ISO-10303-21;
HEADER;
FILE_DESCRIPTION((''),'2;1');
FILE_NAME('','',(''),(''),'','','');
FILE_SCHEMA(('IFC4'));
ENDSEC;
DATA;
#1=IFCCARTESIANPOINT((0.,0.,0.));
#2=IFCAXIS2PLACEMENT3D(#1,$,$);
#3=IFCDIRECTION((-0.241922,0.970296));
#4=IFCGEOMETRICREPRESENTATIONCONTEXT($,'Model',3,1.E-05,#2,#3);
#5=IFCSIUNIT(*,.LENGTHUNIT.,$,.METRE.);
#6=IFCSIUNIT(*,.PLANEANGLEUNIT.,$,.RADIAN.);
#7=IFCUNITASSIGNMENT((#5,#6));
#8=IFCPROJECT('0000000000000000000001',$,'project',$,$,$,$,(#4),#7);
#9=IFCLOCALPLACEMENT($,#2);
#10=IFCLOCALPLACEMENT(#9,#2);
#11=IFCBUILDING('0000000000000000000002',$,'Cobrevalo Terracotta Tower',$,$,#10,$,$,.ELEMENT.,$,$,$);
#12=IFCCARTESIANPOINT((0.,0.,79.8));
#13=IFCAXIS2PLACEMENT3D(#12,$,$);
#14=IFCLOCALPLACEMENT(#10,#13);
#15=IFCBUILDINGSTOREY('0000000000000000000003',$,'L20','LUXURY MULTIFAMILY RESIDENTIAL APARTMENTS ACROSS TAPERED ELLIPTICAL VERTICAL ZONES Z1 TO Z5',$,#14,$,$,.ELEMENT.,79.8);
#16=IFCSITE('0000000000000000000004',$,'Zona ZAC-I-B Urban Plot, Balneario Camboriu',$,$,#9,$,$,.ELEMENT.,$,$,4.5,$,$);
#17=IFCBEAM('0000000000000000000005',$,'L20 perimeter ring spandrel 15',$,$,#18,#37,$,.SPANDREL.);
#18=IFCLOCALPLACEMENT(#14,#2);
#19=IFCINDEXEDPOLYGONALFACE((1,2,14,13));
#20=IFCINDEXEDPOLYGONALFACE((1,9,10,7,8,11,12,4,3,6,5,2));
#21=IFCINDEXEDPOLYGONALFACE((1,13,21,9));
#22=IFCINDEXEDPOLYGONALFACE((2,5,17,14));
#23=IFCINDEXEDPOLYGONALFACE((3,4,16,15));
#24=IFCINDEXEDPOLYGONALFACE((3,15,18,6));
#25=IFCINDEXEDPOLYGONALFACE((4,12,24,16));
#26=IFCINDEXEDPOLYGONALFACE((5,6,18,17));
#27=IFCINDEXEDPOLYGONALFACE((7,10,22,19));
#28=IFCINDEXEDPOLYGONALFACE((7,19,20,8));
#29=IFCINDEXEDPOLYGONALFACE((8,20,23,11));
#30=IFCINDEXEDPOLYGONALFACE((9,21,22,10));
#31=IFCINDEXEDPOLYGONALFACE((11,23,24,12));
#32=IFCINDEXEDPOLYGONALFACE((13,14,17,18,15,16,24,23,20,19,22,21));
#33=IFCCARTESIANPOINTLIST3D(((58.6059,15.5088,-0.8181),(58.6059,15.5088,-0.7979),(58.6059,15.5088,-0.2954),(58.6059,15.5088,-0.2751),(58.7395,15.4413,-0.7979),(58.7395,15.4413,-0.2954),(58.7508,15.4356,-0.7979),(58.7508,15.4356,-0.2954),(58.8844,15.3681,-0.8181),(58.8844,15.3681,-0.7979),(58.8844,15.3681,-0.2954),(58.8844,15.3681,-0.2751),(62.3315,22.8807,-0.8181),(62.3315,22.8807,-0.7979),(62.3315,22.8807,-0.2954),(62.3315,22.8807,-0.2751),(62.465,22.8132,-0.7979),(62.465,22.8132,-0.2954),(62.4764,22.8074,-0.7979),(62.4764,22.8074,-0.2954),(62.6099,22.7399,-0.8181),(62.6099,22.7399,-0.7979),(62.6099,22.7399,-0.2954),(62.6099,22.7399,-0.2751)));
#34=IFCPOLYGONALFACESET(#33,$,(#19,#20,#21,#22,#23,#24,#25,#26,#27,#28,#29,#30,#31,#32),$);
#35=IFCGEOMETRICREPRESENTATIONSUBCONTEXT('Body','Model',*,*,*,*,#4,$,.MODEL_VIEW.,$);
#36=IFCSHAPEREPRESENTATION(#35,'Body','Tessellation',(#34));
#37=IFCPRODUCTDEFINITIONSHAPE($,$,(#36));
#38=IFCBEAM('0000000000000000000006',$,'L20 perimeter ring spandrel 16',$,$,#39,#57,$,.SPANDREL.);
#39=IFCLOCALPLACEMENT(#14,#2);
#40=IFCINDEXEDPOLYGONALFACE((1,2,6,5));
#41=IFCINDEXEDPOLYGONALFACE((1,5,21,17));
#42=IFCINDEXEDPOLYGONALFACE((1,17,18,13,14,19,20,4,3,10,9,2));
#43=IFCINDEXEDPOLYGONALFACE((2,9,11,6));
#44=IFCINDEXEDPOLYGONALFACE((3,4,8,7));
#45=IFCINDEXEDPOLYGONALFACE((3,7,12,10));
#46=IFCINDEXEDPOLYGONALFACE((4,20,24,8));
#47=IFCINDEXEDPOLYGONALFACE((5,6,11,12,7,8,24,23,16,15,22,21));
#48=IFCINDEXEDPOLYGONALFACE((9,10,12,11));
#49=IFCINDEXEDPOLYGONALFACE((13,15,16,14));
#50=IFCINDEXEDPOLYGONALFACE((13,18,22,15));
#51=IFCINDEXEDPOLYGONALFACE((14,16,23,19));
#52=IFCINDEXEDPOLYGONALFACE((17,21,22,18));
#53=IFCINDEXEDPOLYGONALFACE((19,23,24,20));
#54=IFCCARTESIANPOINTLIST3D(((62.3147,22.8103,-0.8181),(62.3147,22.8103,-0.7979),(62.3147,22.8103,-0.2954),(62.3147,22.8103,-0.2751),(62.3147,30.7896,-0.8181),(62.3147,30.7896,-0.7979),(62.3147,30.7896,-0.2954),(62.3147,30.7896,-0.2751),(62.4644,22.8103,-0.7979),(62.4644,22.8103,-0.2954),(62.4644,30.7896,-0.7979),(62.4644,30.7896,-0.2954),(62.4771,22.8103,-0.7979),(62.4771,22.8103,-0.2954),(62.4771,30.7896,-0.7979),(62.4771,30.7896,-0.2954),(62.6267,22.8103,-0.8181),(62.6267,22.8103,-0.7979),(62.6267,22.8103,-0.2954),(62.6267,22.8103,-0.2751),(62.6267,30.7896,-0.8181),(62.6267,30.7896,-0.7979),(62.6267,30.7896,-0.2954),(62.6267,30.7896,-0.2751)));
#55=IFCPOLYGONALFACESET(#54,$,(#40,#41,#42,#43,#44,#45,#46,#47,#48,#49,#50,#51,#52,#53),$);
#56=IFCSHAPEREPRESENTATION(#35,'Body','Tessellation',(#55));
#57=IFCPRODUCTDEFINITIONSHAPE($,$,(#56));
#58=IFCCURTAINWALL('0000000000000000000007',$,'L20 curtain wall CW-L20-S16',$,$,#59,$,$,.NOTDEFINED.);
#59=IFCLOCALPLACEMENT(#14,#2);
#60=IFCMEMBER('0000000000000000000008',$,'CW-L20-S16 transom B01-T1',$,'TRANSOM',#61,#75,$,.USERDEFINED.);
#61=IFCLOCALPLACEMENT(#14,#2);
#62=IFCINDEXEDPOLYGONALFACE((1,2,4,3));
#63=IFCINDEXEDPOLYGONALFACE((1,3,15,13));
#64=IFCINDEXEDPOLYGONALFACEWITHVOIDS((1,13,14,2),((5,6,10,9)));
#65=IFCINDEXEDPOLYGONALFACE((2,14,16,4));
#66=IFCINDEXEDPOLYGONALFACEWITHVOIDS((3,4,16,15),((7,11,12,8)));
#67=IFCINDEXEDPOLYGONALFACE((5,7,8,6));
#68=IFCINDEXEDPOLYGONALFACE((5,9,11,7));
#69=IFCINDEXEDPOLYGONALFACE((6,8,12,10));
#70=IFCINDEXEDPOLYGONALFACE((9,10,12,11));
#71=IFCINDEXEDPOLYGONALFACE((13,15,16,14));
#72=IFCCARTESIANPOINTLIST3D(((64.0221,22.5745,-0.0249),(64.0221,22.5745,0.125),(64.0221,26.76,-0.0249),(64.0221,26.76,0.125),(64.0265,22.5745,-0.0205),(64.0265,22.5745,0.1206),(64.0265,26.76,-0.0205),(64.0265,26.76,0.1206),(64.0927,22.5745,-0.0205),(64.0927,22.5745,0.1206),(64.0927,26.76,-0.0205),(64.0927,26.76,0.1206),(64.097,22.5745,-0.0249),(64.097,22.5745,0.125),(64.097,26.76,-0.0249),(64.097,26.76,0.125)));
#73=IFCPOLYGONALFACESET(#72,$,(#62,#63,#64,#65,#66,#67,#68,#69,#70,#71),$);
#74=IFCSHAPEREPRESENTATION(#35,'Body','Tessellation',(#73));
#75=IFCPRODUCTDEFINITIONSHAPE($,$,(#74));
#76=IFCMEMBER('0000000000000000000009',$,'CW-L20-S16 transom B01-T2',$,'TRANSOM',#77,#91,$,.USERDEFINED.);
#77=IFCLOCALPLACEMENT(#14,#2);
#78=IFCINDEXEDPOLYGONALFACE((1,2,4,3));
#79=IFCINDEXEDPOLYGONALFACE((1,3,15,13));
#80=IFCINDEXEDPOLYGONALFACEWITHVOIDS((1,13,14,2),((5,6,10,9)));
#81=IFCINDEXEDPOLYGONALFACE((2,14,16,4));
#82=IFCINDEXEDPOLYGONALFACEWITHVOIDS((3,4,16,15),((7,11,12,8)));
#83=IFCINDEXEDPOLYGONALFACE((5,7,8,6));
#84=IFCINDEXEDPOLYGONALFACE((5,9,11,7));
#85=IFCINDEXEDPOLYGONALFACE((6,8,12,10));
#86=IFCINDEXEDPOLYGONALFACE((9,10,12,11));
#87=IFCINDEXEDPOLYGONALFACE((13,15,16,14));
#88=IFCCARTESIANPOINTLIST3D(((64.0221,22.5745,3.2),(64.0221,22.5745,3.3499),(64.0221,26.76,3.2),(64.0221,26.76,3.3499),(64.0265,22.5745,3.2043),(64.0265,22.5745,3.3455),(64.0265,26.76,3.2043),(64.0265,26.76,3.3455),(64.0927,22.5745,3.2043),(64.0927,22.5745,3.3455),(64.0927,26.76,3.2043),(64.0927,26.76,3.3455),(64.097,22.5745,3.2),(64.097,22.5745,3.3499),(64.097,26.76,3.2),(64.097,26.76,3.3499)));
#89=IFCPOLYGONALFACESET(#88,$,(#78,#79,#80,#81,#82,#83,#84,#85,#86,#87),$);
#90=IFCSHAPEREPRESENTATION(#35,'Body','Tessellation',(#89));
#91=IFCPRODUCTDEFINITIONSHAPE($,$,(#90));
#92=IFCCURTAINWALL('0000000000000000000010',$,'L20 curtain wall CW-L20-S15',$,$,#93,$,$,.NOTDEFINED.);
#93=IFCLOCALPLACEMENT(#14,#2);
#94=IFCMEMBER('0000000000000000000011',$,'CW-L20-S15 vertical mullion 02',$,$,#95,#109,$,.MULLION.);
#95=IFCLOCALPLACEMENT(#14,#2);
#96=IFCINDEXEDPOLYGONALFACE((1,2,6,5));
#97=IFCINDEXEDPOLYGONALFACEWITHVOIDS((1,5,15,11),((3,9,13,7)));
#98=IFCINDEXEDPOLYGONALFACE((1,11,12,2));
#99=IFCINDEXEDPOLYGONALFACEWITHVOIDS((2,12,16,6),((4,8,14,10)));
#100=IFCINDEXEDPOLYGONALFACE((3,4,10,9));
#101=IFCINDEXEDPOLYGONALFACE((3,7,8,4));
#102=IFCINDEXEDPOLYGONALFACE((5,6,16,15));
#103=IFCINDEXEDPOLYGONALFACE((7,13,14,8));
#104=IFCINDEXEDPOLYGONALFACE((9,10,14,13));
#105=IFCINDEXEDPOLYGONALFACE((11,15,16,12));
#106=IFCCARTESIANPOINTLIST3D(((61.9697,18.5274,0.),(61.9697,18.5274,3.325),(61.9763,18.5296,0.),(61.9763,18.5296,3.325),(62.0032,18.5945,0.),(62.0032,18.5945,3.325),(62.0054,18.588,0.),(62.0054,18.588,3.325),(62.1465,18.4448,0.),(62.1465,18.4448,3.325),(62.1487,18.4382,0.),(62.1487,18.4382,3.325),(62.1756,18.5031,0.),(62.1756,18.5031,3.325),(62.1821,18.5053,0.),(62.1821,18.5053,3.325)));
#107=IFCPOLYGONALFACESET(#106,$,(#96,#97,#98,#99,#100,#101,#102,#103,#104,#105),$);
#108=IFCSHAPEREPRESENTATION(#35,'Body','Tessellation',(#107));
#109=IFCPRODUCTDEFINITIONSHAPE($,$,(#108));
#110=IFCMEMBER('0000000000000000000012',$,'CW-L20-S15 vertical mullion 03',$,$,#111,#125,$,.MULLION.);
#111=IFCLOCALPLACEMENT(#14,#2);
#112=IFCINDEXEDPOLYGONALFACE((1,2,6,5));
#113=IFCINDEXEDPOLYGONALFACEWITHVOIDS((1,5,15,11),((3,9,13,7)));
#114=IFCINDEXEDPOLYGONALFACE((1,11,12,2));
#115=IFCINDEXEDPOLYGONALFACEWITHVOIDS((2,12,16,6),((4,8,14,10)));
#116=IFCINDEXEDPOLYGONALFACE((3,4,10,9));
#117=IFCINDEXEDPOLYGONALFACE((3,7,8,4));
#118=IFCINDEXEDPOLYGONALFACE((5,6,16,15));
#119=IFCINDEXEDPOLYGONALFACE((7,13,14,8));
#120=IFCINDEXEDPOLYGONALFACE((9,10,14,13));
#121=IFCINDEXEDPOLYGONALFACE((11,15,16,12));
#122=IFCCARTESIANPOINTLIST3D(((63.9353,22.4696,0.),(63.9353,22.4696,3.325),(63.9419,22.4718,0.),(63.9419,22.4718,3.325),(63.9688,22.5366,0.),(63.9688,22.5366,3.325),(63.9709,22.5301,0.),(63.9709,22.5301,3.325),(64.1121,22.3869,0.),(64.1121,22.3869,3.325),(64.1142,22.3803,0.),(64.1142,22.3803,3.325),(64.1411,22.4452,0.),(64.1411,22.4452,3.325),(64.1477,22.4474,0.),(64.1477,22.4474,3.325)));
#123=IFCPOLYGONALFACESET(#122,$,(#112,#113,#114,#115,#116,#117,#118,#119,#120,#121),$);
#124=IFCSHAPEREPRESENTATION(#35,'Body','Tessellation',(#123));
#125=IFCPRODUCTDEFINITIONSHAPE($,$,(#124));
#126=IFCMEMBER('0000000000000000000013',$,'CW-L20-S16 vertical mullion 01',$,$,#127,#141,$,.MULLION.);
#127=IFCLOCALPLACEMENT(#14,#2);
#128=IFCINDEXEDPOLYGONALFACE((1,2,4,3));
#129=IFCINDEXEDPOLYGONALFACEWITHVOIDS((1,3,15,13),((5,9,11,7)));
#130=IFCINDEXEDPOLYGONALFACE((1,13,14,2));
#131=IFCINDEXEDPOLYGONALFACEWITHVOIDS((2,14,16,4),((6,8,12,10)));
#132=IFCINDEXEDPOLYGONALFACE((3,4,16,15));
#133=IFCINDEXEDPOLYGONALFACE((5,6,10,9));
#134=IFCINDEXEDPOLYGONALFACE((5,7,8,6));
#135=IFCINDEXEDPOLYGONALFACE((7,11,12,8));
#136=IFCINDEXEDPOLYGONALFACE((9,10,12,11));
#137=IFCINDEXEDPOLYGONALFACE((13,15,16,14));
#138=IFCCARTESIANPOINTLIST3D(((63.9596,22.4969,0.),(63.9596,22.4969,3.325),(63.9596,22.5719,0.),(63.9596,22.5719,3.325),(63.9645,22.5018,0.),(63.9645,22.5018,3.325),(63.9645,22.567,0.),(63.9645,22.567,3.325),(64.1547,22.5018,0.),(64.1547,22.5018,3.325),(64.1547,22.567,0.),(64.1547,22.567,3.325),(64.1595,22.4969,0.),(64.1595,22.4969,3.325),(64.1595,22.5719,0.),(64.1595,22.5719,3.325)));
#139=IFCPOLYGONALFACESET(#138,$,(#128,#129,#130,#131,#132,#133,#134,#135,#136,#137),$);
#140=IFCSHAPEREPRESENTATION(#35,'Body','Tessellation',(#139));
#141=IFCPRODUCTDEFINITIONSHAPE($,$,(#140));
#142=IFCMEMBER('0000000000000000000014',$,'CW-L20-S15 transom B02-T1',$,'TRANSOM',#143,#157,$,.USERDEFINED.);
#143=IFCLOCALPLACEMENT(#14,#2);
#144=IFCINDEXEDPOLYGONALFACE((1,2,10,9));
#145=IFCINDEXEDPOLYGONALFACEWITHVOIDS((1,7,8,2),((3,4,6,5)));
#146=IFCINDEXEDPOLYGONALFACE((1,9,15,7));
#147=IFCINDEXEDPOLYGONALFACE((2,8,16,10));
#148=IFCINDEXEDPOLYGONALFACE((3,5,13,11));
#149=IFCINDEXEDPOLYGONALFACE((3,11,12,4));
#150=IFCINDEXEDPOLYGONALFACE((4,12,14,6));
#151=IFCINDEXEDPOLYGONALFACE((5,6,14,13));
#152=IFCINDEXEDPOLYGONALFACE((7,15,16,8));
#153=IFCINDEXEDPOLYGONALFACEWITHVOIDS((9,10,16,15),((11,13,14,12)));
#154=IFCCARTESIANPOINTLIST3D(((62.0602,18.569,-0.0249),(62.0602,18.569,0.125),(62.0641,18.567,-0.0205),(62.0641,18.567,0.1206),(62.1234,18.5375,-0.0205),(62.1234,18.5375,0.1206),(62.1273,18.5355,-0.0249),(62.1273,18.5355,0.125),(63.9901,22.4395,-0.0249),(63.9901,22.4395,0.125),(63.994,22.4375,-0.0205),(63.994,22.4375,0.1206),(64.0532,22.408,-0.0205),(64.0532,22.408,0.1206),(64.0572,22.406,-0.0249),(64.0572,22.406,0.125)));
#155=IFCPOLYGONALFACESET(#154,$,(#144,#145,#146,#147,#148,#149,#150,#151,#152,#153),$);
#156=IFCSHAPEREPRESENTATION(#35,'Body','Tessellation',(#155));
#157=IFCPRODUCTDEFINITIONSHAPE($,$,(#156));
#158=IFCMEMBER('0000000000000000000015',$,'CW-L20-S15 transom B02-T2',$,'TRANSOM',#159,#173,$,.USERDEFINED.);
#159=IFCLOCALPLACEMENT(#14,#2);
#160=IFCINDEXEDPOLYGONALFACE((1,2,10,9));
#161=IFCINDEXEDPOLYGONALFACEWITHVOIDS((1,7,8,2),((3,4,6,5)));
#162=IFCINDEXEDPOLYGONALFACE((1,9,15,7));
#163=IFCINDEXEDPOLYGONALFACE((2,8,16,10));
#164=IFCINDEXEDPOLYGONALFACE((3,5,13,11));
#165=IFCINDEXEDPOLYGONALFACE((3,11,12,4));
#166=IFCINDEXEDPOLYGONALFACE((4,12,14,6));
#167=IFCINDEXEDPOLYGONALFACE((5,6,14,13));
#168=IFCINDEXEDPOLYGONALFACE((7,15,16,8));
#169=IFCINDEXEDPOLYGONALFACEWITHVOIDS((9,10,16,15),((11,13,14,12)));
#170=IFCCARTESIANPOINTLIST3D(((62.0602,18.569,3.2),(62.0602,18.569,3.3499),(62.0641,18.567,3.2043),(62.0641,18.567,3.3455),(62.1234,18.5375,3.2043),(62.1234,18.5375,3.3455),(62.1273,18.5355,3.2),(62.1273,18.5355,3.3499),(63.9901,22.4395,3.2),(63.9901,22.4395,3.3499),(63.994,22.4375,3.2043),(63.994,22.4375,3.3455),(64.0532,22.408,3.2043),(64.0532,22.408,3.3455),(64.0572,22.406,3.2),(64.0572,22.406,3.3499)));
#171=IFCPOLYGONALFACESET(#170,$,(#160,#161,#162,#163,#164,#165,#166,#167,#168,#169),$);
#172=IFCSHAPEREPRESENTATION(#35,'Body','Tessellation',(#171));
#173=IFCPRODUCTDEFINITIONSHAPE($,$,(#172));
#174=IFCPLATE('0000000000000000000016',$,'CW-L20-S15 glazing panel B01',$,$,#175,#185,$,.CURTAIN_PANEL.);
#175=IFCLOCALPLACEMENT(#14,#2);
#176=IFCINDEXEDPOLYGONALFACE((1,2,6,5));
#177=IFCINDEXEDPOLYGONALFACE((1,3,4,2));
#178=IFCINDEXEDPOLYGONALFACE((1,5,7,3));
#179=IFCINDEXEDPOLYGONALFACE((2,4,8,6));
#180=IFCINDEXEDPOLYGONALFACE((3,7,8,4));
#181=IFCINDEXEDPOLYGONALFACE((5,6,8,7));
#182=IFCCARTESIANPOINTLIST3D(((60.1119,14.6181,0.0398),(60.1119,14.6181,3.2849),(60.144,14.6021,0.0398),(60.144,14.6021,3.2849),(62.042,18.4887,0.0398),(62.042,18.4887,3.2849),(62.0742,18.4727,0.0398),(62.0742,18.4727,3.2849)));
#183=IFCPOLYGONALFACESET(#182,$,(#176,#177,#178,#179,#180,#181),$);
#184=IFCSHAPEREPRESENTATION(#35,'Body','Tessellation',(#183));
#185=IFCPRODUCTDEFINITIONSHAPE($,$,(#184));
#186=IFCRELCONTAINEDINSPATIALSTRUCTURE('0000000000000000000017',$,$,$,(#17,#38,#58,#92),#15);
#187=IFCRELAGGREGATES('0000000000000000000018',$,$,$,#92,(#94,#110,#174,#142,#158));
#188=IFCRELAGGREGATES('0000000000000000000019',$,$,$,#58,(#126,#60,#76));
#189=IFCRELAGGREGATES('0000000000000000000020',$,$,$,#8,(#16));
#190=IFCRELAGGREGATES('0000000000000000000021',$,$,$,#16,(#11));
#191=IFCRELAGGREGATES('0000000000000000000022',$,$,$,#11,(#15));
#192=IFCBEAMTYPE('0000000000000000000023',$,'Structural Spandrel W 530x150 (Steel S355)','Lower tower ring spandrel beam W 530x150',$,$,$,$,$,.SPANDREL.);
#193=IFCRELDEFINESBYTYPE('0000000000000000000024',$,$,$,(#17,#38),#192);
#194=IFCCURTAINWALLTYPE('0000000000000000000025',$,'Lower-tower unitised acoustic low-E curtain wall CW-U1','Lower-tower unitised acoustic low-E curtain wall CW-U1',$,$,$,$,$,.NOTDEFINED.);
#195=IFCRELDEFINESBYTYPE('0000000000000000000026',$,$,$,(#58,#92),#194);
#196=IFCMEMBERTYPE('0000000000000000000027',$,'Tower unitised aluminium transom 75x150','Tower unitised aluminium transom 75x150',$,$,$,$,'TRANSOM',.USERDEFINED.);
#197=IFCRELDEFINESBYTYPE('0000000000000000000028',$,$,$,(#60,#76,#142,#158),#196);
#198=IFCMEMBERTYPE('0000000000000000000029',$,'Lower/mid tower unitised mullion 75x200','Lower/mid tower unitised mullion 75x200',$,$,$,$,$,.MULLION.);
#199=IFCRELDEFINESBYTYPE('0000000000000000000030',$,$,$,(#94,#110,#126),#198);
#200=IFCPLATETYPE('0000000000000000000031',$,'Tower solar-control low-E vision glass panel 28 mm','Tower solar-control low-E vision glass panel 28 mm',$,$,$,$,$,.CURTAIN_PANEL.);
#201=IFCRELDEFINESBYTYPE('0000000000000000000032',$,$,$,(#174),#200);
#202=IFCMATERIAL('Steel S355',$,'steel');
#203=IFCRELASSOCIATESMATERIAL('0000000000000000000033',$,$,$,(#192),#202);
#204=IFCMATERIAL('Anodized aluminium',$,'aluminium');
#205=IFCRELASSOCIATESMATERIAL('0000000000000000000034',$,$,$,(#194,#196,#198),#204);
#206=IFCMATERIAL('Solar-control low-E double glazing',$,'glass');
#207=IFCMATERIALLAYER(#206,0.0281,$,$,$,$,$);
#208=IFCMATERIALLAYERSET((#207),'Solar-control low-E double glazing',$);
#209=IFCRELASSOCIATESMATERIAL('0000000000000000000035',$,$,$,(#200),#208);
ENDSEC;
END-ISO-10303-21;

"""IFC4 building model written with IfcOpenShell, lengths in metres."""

from ifc_helpers import new_model, si_unit, direction, frame, origin, origin_2d, place, context, subcontext, project, spatial, rectangle, hollow_rectangle, i_section, extrude, source, transform, mapped, material, layer, layer_set, material_profile, profile_set, type_object, element, aggregate, save


model = new_model("IFC4")

# Units and contexts
model_context = context("Model", 3, precision=1e-05, world=origin(), true_north=direction((-0.241922, 0.970296)))
body_context = subcontext(model_context, "Body", "Model", "MODEL_VIEW")
ifc_project = project(units=[si_unit("LENGTHUNIT", "METRE"), si_unit("PLANEANGLEUNIT", "RADIAN")], contexts=[model_context])

# Site, building, storey
site_placement = place(None, origin())
site = spatial("IfcSite", under=ifc_project, at=site_placement, Name="Zona ZAC-I-B Urban Plot, Balneario Camboriu", CompositionType="ELEMENT", RefElevation=4.5)
building_placement = place(site_placement, origin())
building = spatial("IfcBuilding", under=site, at=building_placement, Name="Cobrevalo Terracotta Tower", CompositionType="ELEMENT")
storey_placement = place(building_placement, frame((0.0, 0.0, 79.8)))
storey = spatial("IfcBuildingStorey", under=building, at=storey_placement, Name="L20", Description="LUXURY MULTIFAMILY RESIDENTIAL APARTMENTS ACROSS TAPERED ELLIPTICAL VERTICAL ZONES Z1 TO Z5", CompositionType="ELEMENT", Elevation=79.8)

# Shared definitions
ifc_material_1 = material(Name="Steel S355", Category="steel")

# Beams
ifc_material_profile_1 = material_profile(ifc_material_1, i_section(OverallWidth=0.312, OverallDepth=0.543, WebThickness=0.0127, FlangeThickness=0.0203, at=origin_2d()), Name="W 530x150")
ifc_profile_set_1 = profile_set([ifc_material_profile_1], Name="Steel S355")
beam_type_1 = type_object("IfcBeamType", Name="Structural Spandrel W 530x150 (Steel S355)", Description="Lower tower ring spandrel beam W 530x150", PredefinedType="SPANDREL", material=ifc_profile_set_1)
beam_1_placement = place(storey_placement, frame((58.7451, 15.4385, -0.5466), z_axis=(0.451052, 0.892498, 0.0), x_axis=(-0.892498, 0.451052, 0.0)))
element("IfcBeam", 1, at=beam_1_placement, inside=storey, type_object=beam_type_1, Name="L20 perimeter ring spandrel 15", PredefinedType="SPANDREL", context=body_context, shape_type="SweptSolid", body=[
    extrude(i_section(OverallWidth=0.312, OverallDepth=0.543, WebThickness=0.0127, FlangeThickness=0.0203, at=origin_2d()), origin(), (0.0, 0.0, 1.0), 8.2598),
])
beam_2_placement = place(storey_placement, frame((62.4707, 22.8103, -0.5466), z_axis=(0.0, 1.0, 0.0), x_axis=(-1.0, 0.0, 0.0)))
element("IfcBeam", 2, at=beam_2_placement, inside=storey, type_object=beam_type_1, Name="L20 perimeter ring spandrel 16", PredefinedType="SPANDREL", context=body_context, shape_type="SweptSolid", body=[
    extrude(i_section(OverallWidth=0.312, OverallDepth=0.543, WebThickness=0.0127, FlangeThickness=0.0203, at=origin_2d()), origin(), (0.0, 0.0, 1.0), 7.9792),
])

# Curtain walls, members
ifc_material_2 = material(Name="Anodized aluminium", Category="aluminium")
curtain_wall_type = type_object("IfcCurtainWallType", Name="Lower-tower unitised acoustic low-E curtain wall CW-U1", Description="Lower-tower unitised acoustic low-E curtain wall CW-U1", PredefinedType="NOTDEFINED", material=ifc_material_2)
curtain_wall_1_placement = place(storey_placement, origin())
curtain_wall_1 = element("IfcCurtainWall", 3, at=curtain_wall_1_placement, inside=storey, type_object=curtain_wall_type, Name="L20 curtain wall CW-L20-S16", PredefinedType="NOTDEFINED")
ifc_material_profile_2 = material_profile(ifc_material_2, hollow_rectangle(XDim=0.075, YDim=0.1499, WallThickness=0.0044, at=origin_2d()), Name="CWT 75x150")
ifc_profile_set_2 = profile_set([ifc_material_profile_2], Name="Anodized aluminium")
member_type_1 = type_object("IfcMemberType", Name="Tower unitised aluminium transom 75x150", Description="Tower unitised aluminium transom 75x150", ElementType="TRANSOM", PredefinedType="USERDEFINED", material=ifc_profile_set_2)
shared_shape_1 = source(origin(), body_context, "Body", "SweptSolid", [
    extrude(hollow_rectangle(XDim=0.075, YDim=0.1499, WallThickness=0.0044, at=origin_2d()), origin(), (0.0, 0.0, 1.0), 4.1855),
])
member_1_placement = place(storey_placement, frame((64.0596, 22.5745, 0.05), z_axis=(0.0, 1.0, 0.0), x_axis=(-1.0, 0.0, 0.0)))
member_1 = element("IfcMember", 4, at=member_1_placement, type_object=member_type_1, Name="CW-L20-S16 transom B01-T1", ObjectType="TRANSOM", PredefinedType="USERDEFINED", context=body_context, shape_type="MappedRepresentation", body=[
    mapped(shared_shape_1, transform((0.0, 0.0, 0.0), scale=1.0)),
])
member_2_placement = place(storey_placement, frame((64.0596, 22.5745, 3.2749), z_axis=(0.0, 1.0, 0.0), x_axis=(-1.0, 0.0, 0.0)))
member_2 = element("IfcMember", 5, at=member_2_placement, type_object=member_type_1, Name="CW-L20-S16 transom B01-T2", ObjectType="TRANSOM", PredefinedType="USERDEFINED", context=body_context, shape_type="MappedRepresentation", body=[
    mapped(shared_shape_1, transform((0.0, 0.0, 0.0), scale=1.0)),
])
curtain_wall_2_placement = place(storey_placement, origin())
curtain_wall_2 = element("IfcCurtainWall", 6, at=curtain_wall_2_placement, inside=storey, type_object=curtain_wall_type, Name="L20 curtain wall CW-L20-S15", PredefinedType="NOTDEFINED")
ifc_material_profile_3 = material_profile(ifc_material_2, hollow_rectangle(XDim=0.075, YDim=0.2, WallThickness=0.0049, at=origin_2d()), Name="CWM 75x200")
ifc_profile_set_3 = profile_set([ifc_material_profile_3], Name="Anodized aluminium")
member_type_2 = type_object("IfcMemberType", Name="Lower/mid tower unitised mullion 75x200", Description="Lower/mid tower unitised mullion 75x200", PredefinedType="MULLION", material=ifc_profile_set_3)
shared_shape_2 = source(origin(), body_context, "Body", "SweptSolid", [
    extrude(hollow_rectangle(XDim=0.075, YDim=0.2, WallThickness=0.0049, at=origin_2d()), origin(), (0.0, 0.0, 1.0), 3.325),
])
member_3_placement = place(storey_placement, frame((62.0759, 18.5164, 0.0), z_axis=(0.0, 0.0, 1.0), x_axis=(0.44626, 0.894903, 0.0)))
member_3 = element("IfcMember", 7, at=member_3_placement, type_object=member_type_2, Name="CW-L20-S15 vertical mullion 02", PredefinedType="MULLION", context=body_context, shape_type="MappedRepresentation", body=[
    mapped(shared_shape_2, transform((0.0, 0.0, 0.0), scale=1.0)),
])
member_4_placement = place(storey_placement, frame((64.0415, 22.4585, 0.0), z_axis=(0.0, 0.0, 1.0), x_axis=(0.44626, 0.894903, 0.0)))
member_4 = element("IfcMember", 8, at=member_4_placement, type_object=member_type_2, Name="CW-L20-S15 vertical mullion 03", PredefinedType="MULLION", context=body_context, shape_type="MappedRepresentation", body=[
    mapped(shared_shape_2, transform((0.0, 0.0, 0.0), scale=1.0)),
])

# Members
member_5_placement = place(storey_placement, frame((64.0596, 22.5344, 0.0), z_axis=(0.0, 0.0, 1.0), x_axis=(0.0, 1.0, 0.0)))
member_5 = element("IfcMember", 9, at=member_5_placement, type_object=member_type_2, Name="CW-L20-S16 vertical mullion 01", PredefinedType="MULLION", context=body_context, shape_type="MappedRepresentation", body=[
    mapped(shared_shape_2, transform((0.0, 0.0, 0.0), scale=1.0)),
])
shared_shape_3 = source(origin(), body_context, "Body", "SweptSolid", [
    extrude(hollow_rectangle(XDim=0.075, YDim=0.1499, WallThickness=0.0044, at=origin_2d()), origin(), (0.0, 0.0, 1.0), 4.325),
])
member_6_placement = place(storey_placement, frame((62.0938, 18.5522, 0.05), z_axis=(0.44622, 0.894923, 0.0), x_axis=(-0.894923, 0.44622, 0.0)))
member_6 = element("IfcMember", 10, at=member_6_placement, type_object=member_type_1, Name="CW-L20-S15 transom B02-T1", ObjectType="TRANSOM", PredefinedType="USERDEFINED", context=body_context, shape_type="MappedRepresentation", body=[
    mapped(shared_shape_3, transform((0.0, 0.0, 0.0), scale=1.0)),
])
member_7_placement = place(storey_placement, frame((62.0938, 18.5522, 3.2749), z_axis=(0.44622, 0.894923, 0.0), x_axis=(-0.894923, 0.44622, 0.0)))
member_7 = element("IfcMember", 11, at=member_7_placement, type_object=member_type_1, Name="CW-L20-S15 transom B02-T2", ObjectType="TRANSOM", PredefinedType="USERDEFINED", context=body_context, shape_type="MappedRepresentation", body=[
    mapped(shared_shape_3, transform((0.0, 0.0, 0.0), scale=1.0)),
])

# Plate
ifc_material_3 = material(Name="Solar-control low-E double glazing", Category="glass")
ifc_layer_1 = layer(ifc_material_3, 0.0281)
ifc_layer_set_1 = layer_set([ifc_layer_1], Name="Solar-control low-E double glazing")
plate_type = type_object("IfcPlateType", Name="Tower solar-control low-E vision glass panel 28 mm", Description="Tower solar-control low-E vision glass panel 28 mm", PredefinedType="CURTAIN_PANEL", material=ifc_layer_set_1)
shared_shape_4 = source(origin(), body_context, "Body", "SweptSolid", [
    extrude(rectangle(XDim=4.3252, YDim=0.0359, at=origin_2d()), origin(), (0.0, 0.0, 1.0), 3.2451),
])
plate_1_placement = place(storey_placement, frame((61.093, 16.5454, 0.0398), z_axis=(0.0, 0.0, 1.0), x_axis=(0.446262, 0.894902, 0.0)))
plate_1 = element("IfcPlate", 12, at=plate_1_placement, type_object=plate_type, Name="CW-L20-S15 glazing panel B01", PredefinedType="CURTAIN_PANEL", context=body_context, shape_type="MappedRepresentation", body=[
    mapped(shared_shape_4, transform((0.0, 0.0, 0.0), scale=1.0)),
])
aggregate(curtain_wall_2, [member_3, member_4, plate_1, member_6, member_7])
aggregate(curtain_wall_1, [member_5, member_1, member_2])

save(model, "model.ifc")
